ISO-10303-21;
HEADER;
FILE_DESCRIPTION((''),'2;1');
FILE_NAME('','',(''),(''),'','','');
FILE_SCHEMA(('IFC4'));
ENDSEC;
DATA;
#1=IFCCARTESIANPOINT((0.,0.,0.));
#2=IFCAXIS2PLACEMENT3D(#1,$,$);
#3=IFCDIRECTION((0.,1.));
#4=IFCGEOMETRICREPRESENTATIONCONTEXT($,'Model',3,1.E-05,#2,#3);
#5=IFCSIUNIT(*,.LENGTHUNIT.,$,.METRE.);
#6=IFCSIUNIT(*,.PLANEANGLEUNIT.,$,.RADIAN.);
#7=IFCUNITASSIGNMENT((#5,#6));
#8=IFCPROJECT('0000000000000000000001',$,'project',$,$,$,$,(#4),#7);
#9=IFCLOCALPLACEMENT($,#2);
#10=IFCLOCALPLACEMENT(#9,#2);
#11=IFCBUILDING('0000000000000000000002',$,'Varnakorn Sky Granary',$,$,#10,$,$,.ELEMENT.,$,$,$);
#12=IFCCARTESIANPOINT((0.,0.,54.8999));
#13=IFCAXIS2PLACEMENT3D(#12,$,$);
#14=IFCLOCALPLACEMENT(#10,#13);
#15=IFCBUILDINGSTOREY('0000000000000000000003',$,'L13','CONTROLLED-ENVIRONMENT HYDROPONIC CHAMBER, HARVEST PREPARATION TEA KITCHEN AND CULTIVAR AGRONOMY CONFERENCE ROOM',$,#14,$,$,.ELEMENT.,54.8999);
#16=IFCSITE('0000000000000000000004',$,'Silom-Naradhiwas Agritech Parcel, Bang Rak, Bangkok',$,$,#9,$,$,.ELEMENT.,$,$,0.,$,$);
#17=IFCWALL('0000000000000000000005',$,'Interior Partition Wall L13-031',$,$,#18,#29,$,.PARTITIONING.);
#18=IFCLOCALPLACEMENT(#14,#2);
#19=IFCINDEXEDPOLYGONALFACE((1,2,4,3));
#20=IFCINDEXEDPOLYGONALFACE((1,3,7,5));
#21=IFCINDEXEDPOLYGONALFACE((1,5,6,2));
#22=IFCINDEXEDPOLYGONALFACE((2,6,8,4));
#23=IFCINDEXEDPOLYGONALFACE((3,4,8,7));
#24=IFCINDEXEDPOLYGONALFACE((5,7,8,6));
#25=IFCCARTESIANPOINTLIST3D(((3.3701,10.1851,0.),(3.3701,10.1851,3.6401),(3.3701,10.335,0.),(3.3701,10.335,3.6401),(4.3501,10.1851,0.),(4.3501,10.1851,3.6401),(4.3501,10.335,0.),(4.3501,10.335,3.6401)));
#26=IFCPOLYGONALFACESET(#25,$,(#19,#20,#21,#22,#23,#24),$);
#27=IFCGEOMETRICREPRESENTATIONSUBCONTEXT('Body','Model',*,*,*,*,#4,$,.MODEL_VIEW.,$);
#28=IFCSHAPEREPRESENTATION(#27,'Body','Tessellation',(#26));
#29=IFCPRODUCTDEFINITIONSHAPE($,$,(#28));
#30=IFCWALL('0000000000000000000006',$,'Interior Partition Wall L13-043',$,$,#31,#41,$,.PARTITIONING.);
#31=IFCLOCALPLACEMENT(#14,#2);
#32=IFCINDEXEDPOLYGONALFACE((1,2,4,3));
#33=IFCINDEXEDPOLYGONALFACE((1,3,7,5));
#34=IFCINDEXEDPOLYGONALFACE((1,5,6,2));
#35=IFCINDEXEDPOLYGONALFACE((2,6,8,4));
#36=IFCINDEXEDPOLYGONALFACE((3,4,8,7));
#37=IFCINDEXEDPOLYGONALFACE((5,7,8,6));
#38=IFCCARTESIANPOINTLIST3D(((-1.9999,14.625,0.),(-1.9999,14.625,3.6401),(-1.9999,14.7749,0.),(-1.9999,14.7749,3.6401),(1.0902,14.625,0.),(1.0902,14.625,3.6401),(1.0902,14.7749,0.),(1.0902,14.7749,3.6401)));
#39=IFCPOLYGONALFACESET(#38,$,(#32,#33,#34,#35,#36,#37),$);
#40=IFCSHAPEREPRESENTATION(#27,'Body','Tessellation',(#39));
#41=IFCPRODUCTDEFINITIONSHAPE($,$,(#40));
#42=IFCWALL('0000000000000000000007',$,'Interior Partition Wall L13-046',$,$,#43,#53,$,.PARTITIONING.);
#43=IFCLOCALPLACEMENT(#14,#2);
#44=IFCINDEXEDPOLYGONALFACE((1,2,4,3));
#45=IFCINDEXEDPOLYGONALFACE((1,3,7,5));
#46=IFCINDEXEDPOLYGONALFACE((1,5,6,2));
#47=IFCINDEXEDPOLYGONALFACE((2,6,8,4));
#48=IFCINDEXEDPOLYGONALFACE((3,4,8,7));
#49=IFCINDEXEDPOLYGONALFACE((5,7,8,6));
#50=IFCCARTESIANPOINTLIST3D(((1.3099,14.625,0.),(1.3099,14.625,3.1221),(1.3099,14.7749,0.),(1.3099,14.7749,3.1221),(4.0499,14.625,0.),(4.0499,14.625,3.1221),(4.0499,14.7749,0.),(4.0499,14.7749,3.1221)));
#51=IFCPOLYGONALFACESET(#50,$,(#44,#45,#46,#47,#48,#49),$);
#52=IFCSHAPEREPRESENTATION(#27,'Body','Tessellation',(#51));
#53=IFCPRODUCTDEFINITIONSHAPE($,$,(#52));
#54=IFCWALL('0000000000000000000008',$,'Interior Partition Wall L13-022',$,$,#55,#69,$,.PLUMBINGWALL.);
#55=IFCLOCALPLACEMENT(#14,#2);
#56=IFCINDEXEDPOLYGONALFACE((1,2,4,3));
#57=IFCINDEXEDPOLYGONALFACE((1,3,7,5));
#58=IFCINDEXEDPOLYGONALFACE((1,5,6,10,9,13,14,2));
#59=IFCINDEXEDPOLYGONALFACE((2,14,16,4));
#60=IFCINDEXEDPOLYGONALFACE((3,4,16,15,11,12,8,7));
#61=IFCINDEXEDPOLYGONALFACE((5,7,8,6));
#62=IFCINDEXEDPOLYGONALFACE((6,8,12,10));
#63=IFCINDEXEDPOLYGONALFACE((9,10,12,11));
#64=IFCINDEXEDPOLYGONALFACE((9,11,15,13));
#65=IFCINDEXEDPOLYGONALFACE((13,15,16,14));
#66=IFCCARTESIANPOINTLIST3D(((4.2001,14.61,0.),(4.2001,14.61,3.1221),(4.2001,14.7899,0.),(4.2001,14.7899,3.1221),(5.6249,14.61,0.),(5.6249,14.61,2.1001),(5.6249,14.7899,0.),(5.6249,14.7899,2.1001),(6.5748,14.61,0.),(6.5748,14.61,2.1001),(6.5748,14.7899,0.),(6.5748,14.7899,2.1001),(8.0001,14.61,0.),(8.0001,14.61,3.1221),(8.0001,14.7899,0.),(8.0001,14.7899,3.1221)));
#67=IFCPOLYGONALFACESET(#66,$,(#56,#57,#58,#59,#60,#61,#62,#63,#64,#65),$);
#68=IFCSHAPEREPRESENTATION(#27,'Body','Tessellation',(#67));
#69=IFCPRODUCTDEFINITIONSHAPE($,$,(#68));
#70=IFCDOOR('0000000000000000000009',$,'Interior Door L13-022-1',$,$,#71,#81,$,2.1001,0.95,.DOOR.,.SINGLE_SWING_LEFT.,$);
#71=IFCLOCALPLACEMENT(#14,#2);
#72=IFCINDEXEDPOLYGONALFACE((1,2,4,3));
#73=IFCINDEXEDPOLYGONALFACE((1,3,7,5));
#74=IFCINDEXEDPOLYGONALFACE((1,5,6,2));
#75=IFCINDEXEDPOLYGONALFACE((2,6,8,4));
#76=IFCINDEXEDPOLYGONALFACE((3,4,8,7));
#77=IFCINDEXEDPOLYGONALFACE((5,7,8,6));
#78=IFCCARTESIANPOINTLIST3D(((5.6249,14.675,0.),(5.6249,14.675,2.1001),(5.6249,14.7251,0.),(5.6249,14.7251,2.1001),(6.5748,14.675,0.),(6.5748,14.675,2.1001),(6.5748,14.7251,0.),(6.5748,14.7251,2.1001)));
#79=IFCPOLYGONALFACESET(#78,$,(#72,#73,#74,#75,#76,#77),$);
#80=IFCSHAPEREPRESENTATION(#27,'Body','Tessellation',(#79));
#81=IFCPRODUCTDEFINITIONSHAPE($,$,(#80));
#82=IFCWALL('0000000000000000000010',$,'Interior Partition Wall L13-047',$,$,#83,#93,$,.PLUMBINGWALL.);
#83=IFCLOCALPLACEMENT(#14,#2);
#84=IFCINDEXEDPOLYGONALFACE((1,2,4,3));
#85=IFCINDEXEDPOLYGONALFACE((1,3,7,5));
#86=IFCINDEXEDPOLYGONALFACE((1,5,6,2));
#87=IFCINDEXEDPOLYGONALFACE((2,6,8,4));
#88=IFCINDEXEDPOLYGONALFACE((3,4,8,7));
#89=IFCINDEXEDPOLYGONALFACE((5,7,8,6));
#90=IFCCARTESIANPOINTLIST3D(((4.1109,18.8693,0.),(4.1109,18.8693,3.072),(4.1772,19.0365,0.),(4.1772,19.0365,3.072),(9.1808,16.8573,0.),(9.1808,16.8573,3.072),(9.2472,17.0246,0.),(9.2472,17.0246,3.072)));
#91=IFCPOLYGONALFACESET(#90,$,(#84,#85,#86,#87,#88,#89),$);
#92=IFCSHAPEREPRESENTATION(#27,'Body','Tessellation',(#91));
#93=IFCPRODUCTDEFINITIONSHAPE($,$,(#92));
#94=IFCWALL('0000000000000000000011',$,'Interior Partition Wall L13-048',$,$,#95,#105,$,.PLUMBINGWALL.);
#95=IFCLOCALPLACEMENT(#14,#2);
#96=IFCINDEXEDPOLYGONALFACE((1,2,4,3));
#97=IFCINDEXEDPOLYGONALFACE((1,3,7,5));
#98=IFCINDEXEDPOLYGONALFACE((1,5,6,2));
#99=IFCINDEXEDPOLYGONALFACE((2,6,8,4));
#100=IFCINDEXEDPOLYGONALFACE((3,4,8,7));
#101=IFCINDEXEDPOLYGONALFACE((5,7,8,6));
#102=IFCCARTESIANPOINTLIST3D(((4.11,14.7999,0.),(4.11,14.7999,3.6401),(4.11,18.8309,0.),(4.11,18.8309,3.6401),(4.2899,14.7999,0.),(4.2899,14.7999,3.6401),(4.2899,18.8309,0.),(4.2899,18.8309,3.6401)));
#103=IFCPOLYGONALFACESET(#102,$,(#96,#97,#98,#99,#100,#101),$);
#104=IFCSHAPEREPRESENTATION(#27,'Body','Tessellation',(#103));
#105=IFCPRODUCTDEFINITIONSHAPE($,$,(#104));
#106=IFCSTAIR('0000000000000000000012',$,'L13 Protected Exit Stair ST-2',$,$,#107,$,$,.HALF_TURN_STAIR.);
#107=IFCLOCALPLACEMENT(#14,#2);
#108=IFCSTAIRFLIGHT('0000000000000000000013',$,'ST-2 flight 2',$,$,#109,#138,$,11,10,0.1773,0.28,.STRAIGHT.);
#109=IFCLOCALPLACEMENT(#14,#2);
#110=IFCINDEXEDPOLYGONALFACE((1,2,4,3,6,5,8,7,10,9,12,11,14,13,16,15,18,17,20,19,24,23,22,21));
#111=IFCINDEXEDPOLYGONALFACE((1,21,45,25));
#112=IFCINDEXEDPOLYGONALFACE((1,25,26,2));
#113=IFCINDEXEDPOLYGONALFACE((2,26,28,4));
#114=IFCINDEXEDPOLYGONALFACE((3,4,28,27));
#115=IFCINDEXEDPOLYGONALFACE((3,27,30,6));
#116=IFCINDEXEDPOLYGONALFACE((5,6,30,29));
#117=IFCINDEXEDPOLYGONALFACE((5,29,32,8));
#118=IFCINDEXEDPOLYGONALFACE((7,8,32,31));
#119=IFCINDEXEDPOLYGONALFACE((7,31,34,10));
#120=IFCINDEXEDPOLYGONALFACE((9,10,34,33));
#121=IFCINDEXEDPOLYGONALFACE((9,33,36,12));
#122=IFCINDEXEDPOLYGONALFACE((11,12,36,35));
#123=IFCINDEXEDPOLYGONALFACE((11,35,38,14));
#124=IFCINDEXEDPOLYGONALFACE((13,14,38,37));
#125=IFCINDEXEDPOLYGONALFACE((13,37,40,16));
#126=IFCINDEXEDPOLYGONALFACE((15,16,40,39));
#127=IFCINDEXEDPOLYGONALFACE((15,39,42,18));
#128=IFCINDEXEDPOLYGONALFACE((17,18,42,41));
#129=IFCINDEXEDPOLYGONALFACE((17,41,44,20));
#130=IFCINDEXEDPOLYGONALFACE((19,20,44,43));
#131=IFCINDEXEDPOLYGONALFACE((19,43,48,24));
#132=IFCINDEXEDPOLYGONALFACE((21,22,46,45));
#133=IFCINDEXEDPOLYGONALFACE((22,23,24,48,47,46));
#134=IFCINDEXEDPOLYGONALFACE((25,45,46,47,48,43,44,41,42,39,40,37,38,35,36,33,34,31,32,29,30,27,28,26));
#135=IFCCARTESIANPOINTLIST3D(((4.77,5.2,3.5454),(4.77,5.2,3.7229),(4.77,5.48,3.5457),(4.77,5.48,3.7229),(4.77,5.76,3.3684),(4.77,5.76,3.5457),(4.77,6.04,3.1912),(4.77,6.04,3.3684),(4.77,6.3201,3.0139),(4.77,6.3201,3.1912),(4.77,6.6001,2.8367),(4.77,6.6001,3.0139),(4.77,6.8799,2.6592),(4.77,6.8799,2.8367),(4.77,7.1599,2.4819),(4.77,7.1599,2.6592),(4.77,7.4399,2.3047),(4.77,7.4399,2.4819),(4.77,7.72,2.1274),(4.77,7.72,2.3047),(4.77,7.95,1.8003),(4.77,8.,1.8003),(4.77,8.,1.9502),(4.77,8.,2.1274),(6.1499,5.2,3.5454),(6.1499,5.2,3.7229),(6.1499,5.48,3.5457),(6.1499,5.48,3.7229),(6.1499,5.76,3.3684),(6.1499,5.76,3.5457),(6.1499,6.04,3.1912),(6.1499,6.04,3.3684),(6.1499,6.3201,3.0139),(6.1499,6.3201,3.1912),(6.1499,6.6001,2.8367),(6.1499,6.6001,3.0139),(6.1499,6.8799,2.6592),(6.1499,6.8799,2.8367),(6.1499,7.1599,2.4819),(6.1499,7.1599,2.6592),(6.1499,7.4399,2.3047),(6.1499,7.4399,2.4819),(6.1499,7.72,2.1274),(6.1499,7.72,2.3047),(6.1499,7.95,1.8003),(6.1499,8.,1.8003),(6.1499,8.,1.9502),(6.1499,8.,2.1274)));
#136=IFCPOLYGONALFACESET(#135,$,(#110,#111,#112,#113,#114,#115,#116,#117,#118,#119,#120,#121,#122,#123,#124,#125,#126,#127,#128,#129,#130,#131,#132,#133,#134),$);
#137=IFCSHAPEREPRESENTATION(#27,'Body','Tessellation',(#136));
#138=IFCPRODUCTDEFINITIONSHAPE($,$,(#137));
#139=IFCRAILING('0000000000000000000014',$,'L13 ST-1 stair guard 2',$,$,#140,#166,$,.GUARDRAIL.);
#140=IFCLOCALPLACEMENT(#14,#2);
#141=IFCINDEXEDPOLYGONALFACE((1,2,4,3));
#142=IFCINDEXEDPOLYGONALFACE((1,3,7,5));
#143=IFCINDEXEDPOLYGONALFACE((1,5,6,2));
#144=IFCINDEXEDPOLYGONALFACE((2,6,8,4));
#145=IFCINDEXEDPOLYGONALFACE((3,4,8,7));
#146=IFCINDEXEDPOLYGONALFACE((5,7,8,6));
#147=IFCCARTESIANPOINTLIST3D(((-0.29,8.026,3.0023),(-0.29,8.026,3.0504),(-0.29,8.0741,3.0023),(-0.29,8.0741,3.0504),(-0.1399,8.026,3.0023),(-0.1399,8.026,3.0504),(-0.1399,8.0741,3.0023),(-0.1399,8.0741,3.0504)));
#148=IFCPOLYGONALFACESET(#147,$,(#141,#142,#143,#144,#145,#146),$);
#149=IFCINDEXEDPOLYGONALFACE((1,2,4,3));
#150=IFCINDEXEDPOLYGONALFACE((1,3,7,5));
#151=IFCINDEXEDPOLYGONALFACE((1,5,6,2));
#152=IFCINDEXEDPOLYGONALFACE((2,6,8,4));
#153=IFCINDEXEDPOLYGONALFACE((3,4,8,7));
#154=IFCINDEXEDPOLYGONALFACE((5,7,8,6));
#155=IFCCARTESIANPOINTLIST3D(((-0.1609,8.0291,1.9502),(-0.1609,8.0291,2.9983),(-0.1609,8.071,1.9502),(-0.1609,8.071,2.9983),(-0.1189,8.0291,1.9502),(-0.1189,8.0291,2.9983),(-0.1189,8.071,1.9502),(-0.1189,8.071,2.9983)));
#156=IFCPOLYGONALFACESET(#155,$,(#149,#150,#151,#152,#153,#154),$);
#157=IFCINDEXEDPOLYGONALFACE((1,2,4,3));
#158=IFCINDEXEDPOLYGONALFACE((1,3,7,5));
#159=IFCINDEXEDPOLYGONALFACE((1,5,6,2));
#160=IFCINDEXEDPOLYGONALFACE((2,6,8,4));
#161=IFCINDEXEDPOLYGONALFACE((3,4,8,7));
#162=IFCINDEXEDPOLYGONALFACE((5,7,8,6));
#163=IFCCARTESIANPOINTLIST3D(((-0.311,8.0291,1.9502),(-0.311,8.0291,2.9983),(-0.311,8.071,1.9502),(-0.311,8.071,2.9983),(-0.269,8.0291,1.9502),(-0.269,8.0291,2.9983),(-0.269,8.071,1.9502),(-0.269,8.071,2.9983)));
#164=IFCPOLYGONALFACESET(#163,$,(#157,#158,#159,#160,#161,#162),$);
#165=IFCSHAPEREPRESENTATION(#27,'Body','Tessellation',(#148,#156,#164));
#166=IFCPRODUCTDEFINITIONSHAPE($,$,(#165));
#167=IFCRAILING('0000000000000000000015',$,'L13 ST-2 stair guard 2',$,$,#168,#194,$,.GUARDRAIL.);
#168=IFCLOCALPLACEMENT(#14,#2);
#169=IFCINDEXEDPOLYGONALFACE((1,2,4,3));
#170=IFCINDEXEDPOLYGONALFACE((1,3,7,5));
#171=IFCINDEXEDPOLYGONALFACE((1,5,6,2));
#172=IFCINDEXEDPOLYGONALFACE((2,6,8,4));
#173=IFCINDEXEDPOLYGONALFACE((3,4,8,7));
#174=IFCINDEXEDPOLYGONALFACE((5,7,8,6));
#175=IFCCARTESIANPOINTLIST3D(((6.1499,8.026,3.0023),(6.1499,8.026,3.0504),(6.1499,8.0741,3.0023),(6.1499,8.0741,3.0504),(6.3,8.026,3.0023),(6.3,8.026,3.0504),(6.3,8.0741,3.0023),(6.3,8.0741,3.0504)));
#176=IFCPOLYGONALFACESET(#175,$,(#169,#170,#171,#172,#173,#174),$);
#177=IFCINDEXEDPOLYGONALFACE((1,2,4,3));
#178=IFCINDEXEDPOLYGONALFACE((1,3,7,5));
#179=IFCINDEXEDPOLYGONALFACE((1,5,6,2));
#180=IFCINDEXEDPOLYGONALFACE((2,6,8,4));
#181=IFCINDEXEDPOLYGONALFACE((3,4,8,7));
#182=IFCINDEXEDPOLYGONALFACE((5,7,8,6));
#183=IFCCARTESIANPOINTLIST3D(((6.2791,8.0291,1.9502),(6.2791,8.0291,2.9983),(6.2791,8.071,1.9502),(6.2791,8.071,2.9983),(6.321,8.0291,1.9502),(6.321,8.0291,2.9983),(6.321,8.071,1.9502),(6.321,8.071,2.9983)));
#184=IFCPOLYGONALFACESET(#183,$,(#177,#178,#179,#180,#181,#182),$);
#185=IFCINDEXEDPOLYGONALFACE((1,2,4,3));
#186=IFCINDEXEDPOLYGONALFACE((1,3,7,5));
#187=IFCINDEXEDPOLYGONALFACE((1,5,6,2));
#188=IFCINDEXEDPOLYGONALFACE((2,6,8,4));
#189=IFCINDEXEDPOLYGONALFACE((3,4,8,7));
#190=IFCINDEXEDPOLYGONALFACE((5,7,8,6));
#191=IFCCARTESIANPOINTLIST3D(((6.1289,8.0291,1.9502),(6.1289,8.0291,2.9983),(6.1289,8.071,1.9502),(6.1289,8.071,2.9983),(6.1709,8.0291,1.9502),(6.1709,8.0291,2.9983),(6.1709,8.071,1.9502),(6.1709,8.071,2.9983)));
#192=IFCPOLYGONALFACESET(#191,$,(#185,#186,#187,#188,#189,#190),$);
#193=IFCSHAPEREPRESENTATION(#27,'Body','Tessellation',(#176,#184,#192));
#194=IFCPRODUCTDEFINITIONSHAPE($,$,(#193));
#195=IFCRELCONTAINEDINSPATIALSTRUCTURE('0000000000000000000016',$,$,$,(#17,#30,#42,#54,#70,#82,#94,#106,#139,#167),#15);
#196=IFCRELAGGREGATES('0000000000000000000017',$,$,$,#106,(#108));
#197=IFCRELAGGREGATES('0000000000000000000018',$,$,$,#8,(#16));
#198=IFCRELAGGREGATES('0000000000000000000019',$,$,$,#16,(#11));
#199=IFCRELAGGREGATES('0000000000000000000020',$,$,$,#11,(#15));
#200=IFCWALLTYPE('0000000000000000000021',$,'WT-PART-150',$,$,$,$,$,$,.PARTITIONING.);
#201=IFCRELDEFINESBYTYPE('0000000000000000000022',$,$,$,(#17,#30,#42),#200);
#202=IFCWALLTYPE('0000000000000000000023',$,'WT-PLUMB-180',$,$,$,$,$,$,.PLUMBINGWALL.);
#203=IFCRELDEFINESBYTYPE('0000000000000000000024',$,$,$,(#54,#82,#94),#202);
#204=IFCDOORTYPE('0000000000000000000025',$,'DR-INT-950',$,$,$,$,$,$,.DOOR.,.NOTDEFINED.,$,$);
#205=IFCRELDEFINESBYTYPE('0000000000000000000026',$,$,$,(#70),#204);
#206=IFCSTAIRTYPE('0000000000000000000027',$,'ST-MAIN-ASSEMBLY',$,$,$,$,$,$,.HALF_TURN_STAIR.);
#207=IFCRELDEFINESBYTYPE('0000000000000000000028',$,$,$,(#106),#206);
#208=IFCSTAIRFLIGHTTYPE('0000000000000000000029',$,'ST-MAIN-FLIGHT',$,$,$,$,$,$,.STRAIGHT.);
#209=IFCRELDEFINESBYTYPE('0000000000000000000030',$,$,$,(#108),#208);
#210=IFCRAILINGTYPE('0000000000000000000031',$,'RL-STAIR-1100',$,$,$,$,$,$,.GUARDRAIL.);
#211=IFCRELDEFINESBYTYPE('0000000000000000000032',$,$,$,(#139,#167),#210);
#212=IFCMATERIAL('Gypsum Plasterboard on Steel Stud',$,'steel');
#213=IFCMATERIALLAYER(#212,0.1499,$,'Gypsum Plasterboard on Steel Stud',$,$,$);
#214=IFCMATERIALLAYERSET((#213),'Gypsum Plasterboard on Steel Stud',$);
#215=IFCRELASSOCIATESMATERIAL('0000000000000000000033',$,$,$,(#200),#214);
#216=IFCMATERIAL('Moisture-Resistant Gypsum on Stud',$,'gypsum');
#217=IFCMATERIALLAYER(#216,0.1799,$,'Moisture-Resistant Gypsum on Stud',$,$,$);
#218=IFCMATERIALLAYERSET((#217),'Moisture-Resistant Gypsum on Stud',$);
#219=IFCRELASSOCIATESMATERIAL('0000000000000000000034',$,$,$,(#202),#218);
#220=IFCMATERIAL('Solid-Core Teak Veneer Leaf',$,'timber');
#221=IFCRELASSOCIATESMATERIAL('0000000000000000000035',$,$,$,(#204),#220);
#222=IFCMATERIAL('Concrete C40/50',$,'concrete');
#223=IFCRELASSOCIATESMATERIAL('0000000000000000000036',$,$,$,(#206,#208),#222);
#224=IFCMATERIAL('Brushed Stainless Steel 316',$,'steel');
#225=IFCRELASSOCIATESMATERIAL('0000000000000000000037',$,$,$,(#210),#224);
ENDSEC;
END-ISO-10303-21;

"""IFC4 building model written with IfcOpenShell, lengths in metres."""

from ifc_helpers import new_model, si_unit, direction, frame, frame_2d, origin, origin_2d, place, context, subcontext, project, spatial, polyline, rectangle, outline, extrude, material, layer, layer_set, type_object, element, fill, aggregate, save


model = new_model("IFC4")

# Units and contexts
model_context = context("Model", 3, precision=1e-05, world=origin(), true_north=direction((0.0, 1.0)))
body_context = subcontext(model_context, "Body", "Model", "MODEL_VIEW")
ifc_project = project(units=[si_unit("LENGTHUNIT", "METRE"), si_unit("PLANEANGLEUNIT", "RADIAN")], contexts=[model_context])

# Site, building, storey
site_placement = place(None, origin())
site = spatial("IfcSite", under=ifc_project, at=site_placement, Name="Silom-Naradhiwas Agritech Parcel, Bang Rak, Bangkok", CompositionType="ELEMENT", RefElevation=0.0)
building_placement = place(site_placement, origin())
building = spatial("IfcBuilding", under=site, at=building_placement, Name="Varnakorn Sky Granary", CompositionType="ELEMENT")
storey_placement = place(building_placement, frame((0.0, 0.0, 54.8999)))
storey = spatial("IfcBuildingStorey", under=building, at=storey_placement, Name="L13", Description="CONTROLLED-ENVIRONMENT HYDROPONIC CHAMBER, HARVEST PREPARATION TEA KITCHEN AND CULTIVAR AGRONOMY CONFERENCE ROOM", CompositionType="ELEMENT", Elevation=54.8999)

# Walls
ifc_material_1 = material(Name="Gypsum Plasterboard on Steel Stud", Category="steel")
ifc_layer_1 = layer(ifc_material_1, 0.1499, Name="Gypsum Plasterboard on Steel Stud")
ifc_layer_set_1 = layer_set([ifc_layer_1], Name="Gypsum Plasterboard on Steel Stud")
wall_type_1 = type_object("IfcWallType", Name="WT-PART-150", PredefinedType="PARTITIONING", material=ifc_layer_set_1)
for number, where, z_axis, x_axis, name in (
    (1, (3.3701, 10.26, 0.0), (0.0, 0.0, 1.0), (1.0, 0.0, 0.0), "Interior Partition Wall L13-031"),
):
    element("IfcWall", number, at=place(storey_placement, frame(where, z_axis=z_axis, x_axis=x_axis)), inside=storey, type_object=wall_type_1, Name=name, PredefinedType="PARTITIONING", context=body_context, shape_type="SweptSolid", body=[
        extrude(rectangle(XDim=0.98, YDim=0.1499, at=frame_2d((0.49, 0.0))), origin(), (0.0, 0.0, 1.0), 3.6401),
    ])
wall_1_placement = place(storey_placement, frame((1.0901, 14.7, 0.0), z_axis=(0.0, 0.0, 1.0), x_axis=(-1.0, 0.0, 0.0)))
element("IfcWall", 2, at=wall_1_placement, inside=storey, type_object=wall_type_1, Name="Interior Partition Wall L13-043", PredefinedType="PARTITIONING", context=body_context, shape_type="SweptSolid", body=[
    extrude(rectangle(XDim=3.0901, YDim=0.1499, at=frame_2d((1.5449, 0.0))), origin(), (0.0, 0.0, 1.0), 3.6401),
])
wall_2_placement = place(storey_placement, frame((4.05, 14.7, 0.0), z_axis=(0.0, 0.0, 1.0), x_axis=(-1.0, 0.0, 0.0)))
element("IfcWall", 3, at=wall_2_placement, inside=storey, type_object=wall_type_1, Name="Interior Partition Wall L13-046", PredefinedType="PARTITIONING", context=body_context, shape_type="SweptSolid", body=[
    extrude(rectangle(XDim=2.74, YDim=0.1499, at=frame_2d((1.3701, 0.0))), origin(), (0.0, 0.0, 1.0), 3.1221),
])

# Wall, opening, door
ifc_material_2 = material(Name="Moisture-Resistant Gypsum on Stud", Category="gypsum")
ifc_layer_2 = layer(ifc_material_2, 0.1799, Name="Moisture-Resistant Gypsum on Stud")
ifc_layer_set_2 = layer_set([ifc_layer_2], Name="Moisture-Resistant Gypsum on Stud")
wall_type_2 = type_object("IfcWallType", Name="WT-PLUMB-180", PredefinedType="PLUMBINGWALL", material=ifc_layer_set_2)
wall_3_placement = place(storey_placement, frame((8.0, 14.7, 0.0), z_axis=(0.0, 0.0, 1.0), x_axis=(-1.0, 0.0, 0.0)))
wall_3 = element("IfcWall", 4, at=wall_3_placement, inside=storey, type_object=wall_type_2, Name="Interior Partition Wall L13-022", PredefinedType="PLUMBINGWALL", context=body_context, shape_type="SweptSolid", body=[
    extrude(rectangle(XDim=3.8, YDim=0.1799, at=frame_2d((1.8999, 0.0))), origin(), (0.0, 0.0, 1.0), 3.1221),
])
opening_placement = place(wall_3_placement, frame((1.425, 0.0, 0.0)))
opening = element("IfcOpeningElement", 5, at=opening_placement, cuts=wall_3, PredefinedType="OPENING", context=body_context, shape_type="SweptSolid", body=[
    extrude(rectangle(XDim=0.95, YDim=2.1001, at=frame_2d((0.4751, 1.05))), frame((0.0, 0.1001, 0.0), z_axis=(0.0, -1.0, 0.0), x_axis=(1.0, 0.0, 0.0)), (0.0, 0.0, 1.0), 0.2),
])
ifc_material_3 = material(Name="Solid-Core Teak Veneer Leaf", Category="timber")
door_type = type_object("IfcDoorType", Name="DR-INT-950", OperationType="NOTDEFINED", PredefinedType="DOOR", material=ifc_material_3)
door_placement = place(opening_placement, origin())
door = element("IfcDoor", 6, at=door_placement, inside=storey, type_object=door_type, Name="Interior Door L13-022-1", OperationType="SINGLE_SWING_LEFT", OverallHeight=2.1001, OverallWidth=0.95, PredefinedType="DOOR", context=body_context, shape_type="SweptSolid", body=[
    extrude(rectangle(XDim=0.95, YDim=2.1001, at=frame_2d((0.4751, 1.05))), frame((0.0, 0.0249, 0.0), z_axis=(0.0, -1.0, 0.0), x_axis=(1.0, 0.0, 0.0)), (0.0, 0.0, 1.0), 0.05),
])
fill(opening, door)

# Walls
wall_4_placement = place(storey_placement, frame((4.144, 18.9529, 0.0), z_axis=(0.0, 0.0, 1.0), x_axis=(0.929489, -0.36885, 0.0)))
element("IfcWall", 7, at=wall_4_placement, inside=storey, type_object=wall_type_2, Name="Interior Partition Wall L13-047", PredefinedType="PLUMBINGWALL", context=body_context, shape_type="SweptSolid", body=[
    extrude(rectangle(XDim=5.4546, YDim=0.1799, at=frame_2d((2.7273, 0.0))), origin(), (0.0, 0.0, 1.0), 3.072),
])
wall_5_placement = place(storey_placement, frame((4.2, 18.8311, 0.0), z_axis=(0.0, 0.0, 1.0), x_axis=(0.0, -1.0, 0.0)))
element("IfcWall", 8, at=wall_5_placement, inside=storey, type_object=wall_type_2, Name="Interior Partition Wall L13-048", PredefinedType="PLUMBINGWALL", context=body_context, shape_type="SweptSolid", body=[
    extrude(rectangle(XDim=4.031, YDim=0.1799, at=frame_2d((2.0156, 0.0))), origin(), (0.0, 0.0, 1.0), 3.6401),
])

# Stair, stair flight
ifc_material_4 = material(Name="Concrete C40/50", Category="concrete")
stair_type = type_object("IfcStairType", Name="ST-MAIN-ASSEMBLY", PredefinedType="HALF_TURN_STAIR", material=ifc_material_4)
stair_placement = place(storey_placement, origin())
stair = element("IfcStair", 9, at=stair_placement, inside=storey, type_object=stair_type, Name="L13 Protected Exit Stair ST-2", PredefinedType="HALF_TURN_STAIR")
stair_flight_type = type_object("IfcStairFlightType", Name="ST-MAIN-FLIGHT", PredefinedType="STRAIGHT", material=ifc_material_4)
stair_flight_placement = place(storey_placement, frame((5.46, 8.0, 1.9502), z_axis=(0.0, 0.0, 1.0), x_axis=(0.0, -1.0, 0.0)))
stair_flight = element("IfcStairFlight", 10, at=stair_flight_placement, type_object=stair_flight_type, Name="ST-2 flight 2", NumberOfRisers=11, NumberOfTreads=10, PredefinedType="STRAIGHT", RiserHeight=0.1773, TreadLength=0.28, context=body_context, shape_type="SweptSolid", body=[
    extrude(outline(polyline([(0.0, -0.1499), (0.0, 0.0), (0.0, 0.1772), (0.28, 0.1772), (0.28, 0.3545), (0.5601, 0.3545), (0.5601, 0.5317), (0.8401, 0.5317), (0.8401, 0.709), (1.1201, 0.709), (1.1201, 0.8865), (1.3999, 0.8865), (1.3999, 1.0637), (1.6799, 1.0637), (1.6799, 1.241), (1.96, 1.241), (1.96, 1.4182), (2.24, 1.4182), (2.24, 1.5955), (2.52, 1.5955), (2.52, 1.7727), (2.8, 1.7727), (2.8, 1.95), (2.8, 1.5952), (0.05, -0.1499), (0.0, -0.1499)])), frame((0.0, 0.6899, 0.0), z_axis=(0.0, -1.0, 0.0), x_axis=(1.0, 0.0, 0.0)), (0.0, 0.0, 1.0), 1.3799),
])
aggregate(stair, [stair_flight])

# Railings
ifc_material_5 = material(Name="Brushed Stainless Steel 316", Category="steel")
railing_type = type_object("IfcRailingType", Name="RL-STAIR-1100", PredefinedType="GUARDRAIL", material=ifc_material_5)
for number, where, name in (
    (11, (-0.1399, 8.05, 1.9502), "L13 ST-1 stair guard 2"),
    (12, (6.3, 8.05, 1.9502), "L13 ST-2 stair guard 2"),
):
    element("IfcRailing", number, at=place(storey_placement, frame(where)), inside=storey, type_object=railing_type, Name=name, PredefinedType="GUARDRAIL", context=body_context, shape_type="SweptSolid", body=[
        extrude(rectangle(XDim=0.0481, YDim=0.0481, at=origin_2d()), frame((0.0, 0.0, 1.0762), z_axis=(-1.0, 0.0, 0.0), x_axis=(0.0, -1.0, 0.0)), (0.0, 0.0, 1.0), 0.1501),
        extrude(rectangle(XDim=0.042, YDim=0.042, at=origin_2d()), origin(), (0.0, 0.0, 1.0), 1.0481),
        extrude(rectangle(XDim=0.042, YDim=0.042, at=origin_2d()), frame((-0.1501, 0.0, 0.0)), (0.0, 0.0, 1.0), 1.0481),
    ])

save(model, "model.ifc")
